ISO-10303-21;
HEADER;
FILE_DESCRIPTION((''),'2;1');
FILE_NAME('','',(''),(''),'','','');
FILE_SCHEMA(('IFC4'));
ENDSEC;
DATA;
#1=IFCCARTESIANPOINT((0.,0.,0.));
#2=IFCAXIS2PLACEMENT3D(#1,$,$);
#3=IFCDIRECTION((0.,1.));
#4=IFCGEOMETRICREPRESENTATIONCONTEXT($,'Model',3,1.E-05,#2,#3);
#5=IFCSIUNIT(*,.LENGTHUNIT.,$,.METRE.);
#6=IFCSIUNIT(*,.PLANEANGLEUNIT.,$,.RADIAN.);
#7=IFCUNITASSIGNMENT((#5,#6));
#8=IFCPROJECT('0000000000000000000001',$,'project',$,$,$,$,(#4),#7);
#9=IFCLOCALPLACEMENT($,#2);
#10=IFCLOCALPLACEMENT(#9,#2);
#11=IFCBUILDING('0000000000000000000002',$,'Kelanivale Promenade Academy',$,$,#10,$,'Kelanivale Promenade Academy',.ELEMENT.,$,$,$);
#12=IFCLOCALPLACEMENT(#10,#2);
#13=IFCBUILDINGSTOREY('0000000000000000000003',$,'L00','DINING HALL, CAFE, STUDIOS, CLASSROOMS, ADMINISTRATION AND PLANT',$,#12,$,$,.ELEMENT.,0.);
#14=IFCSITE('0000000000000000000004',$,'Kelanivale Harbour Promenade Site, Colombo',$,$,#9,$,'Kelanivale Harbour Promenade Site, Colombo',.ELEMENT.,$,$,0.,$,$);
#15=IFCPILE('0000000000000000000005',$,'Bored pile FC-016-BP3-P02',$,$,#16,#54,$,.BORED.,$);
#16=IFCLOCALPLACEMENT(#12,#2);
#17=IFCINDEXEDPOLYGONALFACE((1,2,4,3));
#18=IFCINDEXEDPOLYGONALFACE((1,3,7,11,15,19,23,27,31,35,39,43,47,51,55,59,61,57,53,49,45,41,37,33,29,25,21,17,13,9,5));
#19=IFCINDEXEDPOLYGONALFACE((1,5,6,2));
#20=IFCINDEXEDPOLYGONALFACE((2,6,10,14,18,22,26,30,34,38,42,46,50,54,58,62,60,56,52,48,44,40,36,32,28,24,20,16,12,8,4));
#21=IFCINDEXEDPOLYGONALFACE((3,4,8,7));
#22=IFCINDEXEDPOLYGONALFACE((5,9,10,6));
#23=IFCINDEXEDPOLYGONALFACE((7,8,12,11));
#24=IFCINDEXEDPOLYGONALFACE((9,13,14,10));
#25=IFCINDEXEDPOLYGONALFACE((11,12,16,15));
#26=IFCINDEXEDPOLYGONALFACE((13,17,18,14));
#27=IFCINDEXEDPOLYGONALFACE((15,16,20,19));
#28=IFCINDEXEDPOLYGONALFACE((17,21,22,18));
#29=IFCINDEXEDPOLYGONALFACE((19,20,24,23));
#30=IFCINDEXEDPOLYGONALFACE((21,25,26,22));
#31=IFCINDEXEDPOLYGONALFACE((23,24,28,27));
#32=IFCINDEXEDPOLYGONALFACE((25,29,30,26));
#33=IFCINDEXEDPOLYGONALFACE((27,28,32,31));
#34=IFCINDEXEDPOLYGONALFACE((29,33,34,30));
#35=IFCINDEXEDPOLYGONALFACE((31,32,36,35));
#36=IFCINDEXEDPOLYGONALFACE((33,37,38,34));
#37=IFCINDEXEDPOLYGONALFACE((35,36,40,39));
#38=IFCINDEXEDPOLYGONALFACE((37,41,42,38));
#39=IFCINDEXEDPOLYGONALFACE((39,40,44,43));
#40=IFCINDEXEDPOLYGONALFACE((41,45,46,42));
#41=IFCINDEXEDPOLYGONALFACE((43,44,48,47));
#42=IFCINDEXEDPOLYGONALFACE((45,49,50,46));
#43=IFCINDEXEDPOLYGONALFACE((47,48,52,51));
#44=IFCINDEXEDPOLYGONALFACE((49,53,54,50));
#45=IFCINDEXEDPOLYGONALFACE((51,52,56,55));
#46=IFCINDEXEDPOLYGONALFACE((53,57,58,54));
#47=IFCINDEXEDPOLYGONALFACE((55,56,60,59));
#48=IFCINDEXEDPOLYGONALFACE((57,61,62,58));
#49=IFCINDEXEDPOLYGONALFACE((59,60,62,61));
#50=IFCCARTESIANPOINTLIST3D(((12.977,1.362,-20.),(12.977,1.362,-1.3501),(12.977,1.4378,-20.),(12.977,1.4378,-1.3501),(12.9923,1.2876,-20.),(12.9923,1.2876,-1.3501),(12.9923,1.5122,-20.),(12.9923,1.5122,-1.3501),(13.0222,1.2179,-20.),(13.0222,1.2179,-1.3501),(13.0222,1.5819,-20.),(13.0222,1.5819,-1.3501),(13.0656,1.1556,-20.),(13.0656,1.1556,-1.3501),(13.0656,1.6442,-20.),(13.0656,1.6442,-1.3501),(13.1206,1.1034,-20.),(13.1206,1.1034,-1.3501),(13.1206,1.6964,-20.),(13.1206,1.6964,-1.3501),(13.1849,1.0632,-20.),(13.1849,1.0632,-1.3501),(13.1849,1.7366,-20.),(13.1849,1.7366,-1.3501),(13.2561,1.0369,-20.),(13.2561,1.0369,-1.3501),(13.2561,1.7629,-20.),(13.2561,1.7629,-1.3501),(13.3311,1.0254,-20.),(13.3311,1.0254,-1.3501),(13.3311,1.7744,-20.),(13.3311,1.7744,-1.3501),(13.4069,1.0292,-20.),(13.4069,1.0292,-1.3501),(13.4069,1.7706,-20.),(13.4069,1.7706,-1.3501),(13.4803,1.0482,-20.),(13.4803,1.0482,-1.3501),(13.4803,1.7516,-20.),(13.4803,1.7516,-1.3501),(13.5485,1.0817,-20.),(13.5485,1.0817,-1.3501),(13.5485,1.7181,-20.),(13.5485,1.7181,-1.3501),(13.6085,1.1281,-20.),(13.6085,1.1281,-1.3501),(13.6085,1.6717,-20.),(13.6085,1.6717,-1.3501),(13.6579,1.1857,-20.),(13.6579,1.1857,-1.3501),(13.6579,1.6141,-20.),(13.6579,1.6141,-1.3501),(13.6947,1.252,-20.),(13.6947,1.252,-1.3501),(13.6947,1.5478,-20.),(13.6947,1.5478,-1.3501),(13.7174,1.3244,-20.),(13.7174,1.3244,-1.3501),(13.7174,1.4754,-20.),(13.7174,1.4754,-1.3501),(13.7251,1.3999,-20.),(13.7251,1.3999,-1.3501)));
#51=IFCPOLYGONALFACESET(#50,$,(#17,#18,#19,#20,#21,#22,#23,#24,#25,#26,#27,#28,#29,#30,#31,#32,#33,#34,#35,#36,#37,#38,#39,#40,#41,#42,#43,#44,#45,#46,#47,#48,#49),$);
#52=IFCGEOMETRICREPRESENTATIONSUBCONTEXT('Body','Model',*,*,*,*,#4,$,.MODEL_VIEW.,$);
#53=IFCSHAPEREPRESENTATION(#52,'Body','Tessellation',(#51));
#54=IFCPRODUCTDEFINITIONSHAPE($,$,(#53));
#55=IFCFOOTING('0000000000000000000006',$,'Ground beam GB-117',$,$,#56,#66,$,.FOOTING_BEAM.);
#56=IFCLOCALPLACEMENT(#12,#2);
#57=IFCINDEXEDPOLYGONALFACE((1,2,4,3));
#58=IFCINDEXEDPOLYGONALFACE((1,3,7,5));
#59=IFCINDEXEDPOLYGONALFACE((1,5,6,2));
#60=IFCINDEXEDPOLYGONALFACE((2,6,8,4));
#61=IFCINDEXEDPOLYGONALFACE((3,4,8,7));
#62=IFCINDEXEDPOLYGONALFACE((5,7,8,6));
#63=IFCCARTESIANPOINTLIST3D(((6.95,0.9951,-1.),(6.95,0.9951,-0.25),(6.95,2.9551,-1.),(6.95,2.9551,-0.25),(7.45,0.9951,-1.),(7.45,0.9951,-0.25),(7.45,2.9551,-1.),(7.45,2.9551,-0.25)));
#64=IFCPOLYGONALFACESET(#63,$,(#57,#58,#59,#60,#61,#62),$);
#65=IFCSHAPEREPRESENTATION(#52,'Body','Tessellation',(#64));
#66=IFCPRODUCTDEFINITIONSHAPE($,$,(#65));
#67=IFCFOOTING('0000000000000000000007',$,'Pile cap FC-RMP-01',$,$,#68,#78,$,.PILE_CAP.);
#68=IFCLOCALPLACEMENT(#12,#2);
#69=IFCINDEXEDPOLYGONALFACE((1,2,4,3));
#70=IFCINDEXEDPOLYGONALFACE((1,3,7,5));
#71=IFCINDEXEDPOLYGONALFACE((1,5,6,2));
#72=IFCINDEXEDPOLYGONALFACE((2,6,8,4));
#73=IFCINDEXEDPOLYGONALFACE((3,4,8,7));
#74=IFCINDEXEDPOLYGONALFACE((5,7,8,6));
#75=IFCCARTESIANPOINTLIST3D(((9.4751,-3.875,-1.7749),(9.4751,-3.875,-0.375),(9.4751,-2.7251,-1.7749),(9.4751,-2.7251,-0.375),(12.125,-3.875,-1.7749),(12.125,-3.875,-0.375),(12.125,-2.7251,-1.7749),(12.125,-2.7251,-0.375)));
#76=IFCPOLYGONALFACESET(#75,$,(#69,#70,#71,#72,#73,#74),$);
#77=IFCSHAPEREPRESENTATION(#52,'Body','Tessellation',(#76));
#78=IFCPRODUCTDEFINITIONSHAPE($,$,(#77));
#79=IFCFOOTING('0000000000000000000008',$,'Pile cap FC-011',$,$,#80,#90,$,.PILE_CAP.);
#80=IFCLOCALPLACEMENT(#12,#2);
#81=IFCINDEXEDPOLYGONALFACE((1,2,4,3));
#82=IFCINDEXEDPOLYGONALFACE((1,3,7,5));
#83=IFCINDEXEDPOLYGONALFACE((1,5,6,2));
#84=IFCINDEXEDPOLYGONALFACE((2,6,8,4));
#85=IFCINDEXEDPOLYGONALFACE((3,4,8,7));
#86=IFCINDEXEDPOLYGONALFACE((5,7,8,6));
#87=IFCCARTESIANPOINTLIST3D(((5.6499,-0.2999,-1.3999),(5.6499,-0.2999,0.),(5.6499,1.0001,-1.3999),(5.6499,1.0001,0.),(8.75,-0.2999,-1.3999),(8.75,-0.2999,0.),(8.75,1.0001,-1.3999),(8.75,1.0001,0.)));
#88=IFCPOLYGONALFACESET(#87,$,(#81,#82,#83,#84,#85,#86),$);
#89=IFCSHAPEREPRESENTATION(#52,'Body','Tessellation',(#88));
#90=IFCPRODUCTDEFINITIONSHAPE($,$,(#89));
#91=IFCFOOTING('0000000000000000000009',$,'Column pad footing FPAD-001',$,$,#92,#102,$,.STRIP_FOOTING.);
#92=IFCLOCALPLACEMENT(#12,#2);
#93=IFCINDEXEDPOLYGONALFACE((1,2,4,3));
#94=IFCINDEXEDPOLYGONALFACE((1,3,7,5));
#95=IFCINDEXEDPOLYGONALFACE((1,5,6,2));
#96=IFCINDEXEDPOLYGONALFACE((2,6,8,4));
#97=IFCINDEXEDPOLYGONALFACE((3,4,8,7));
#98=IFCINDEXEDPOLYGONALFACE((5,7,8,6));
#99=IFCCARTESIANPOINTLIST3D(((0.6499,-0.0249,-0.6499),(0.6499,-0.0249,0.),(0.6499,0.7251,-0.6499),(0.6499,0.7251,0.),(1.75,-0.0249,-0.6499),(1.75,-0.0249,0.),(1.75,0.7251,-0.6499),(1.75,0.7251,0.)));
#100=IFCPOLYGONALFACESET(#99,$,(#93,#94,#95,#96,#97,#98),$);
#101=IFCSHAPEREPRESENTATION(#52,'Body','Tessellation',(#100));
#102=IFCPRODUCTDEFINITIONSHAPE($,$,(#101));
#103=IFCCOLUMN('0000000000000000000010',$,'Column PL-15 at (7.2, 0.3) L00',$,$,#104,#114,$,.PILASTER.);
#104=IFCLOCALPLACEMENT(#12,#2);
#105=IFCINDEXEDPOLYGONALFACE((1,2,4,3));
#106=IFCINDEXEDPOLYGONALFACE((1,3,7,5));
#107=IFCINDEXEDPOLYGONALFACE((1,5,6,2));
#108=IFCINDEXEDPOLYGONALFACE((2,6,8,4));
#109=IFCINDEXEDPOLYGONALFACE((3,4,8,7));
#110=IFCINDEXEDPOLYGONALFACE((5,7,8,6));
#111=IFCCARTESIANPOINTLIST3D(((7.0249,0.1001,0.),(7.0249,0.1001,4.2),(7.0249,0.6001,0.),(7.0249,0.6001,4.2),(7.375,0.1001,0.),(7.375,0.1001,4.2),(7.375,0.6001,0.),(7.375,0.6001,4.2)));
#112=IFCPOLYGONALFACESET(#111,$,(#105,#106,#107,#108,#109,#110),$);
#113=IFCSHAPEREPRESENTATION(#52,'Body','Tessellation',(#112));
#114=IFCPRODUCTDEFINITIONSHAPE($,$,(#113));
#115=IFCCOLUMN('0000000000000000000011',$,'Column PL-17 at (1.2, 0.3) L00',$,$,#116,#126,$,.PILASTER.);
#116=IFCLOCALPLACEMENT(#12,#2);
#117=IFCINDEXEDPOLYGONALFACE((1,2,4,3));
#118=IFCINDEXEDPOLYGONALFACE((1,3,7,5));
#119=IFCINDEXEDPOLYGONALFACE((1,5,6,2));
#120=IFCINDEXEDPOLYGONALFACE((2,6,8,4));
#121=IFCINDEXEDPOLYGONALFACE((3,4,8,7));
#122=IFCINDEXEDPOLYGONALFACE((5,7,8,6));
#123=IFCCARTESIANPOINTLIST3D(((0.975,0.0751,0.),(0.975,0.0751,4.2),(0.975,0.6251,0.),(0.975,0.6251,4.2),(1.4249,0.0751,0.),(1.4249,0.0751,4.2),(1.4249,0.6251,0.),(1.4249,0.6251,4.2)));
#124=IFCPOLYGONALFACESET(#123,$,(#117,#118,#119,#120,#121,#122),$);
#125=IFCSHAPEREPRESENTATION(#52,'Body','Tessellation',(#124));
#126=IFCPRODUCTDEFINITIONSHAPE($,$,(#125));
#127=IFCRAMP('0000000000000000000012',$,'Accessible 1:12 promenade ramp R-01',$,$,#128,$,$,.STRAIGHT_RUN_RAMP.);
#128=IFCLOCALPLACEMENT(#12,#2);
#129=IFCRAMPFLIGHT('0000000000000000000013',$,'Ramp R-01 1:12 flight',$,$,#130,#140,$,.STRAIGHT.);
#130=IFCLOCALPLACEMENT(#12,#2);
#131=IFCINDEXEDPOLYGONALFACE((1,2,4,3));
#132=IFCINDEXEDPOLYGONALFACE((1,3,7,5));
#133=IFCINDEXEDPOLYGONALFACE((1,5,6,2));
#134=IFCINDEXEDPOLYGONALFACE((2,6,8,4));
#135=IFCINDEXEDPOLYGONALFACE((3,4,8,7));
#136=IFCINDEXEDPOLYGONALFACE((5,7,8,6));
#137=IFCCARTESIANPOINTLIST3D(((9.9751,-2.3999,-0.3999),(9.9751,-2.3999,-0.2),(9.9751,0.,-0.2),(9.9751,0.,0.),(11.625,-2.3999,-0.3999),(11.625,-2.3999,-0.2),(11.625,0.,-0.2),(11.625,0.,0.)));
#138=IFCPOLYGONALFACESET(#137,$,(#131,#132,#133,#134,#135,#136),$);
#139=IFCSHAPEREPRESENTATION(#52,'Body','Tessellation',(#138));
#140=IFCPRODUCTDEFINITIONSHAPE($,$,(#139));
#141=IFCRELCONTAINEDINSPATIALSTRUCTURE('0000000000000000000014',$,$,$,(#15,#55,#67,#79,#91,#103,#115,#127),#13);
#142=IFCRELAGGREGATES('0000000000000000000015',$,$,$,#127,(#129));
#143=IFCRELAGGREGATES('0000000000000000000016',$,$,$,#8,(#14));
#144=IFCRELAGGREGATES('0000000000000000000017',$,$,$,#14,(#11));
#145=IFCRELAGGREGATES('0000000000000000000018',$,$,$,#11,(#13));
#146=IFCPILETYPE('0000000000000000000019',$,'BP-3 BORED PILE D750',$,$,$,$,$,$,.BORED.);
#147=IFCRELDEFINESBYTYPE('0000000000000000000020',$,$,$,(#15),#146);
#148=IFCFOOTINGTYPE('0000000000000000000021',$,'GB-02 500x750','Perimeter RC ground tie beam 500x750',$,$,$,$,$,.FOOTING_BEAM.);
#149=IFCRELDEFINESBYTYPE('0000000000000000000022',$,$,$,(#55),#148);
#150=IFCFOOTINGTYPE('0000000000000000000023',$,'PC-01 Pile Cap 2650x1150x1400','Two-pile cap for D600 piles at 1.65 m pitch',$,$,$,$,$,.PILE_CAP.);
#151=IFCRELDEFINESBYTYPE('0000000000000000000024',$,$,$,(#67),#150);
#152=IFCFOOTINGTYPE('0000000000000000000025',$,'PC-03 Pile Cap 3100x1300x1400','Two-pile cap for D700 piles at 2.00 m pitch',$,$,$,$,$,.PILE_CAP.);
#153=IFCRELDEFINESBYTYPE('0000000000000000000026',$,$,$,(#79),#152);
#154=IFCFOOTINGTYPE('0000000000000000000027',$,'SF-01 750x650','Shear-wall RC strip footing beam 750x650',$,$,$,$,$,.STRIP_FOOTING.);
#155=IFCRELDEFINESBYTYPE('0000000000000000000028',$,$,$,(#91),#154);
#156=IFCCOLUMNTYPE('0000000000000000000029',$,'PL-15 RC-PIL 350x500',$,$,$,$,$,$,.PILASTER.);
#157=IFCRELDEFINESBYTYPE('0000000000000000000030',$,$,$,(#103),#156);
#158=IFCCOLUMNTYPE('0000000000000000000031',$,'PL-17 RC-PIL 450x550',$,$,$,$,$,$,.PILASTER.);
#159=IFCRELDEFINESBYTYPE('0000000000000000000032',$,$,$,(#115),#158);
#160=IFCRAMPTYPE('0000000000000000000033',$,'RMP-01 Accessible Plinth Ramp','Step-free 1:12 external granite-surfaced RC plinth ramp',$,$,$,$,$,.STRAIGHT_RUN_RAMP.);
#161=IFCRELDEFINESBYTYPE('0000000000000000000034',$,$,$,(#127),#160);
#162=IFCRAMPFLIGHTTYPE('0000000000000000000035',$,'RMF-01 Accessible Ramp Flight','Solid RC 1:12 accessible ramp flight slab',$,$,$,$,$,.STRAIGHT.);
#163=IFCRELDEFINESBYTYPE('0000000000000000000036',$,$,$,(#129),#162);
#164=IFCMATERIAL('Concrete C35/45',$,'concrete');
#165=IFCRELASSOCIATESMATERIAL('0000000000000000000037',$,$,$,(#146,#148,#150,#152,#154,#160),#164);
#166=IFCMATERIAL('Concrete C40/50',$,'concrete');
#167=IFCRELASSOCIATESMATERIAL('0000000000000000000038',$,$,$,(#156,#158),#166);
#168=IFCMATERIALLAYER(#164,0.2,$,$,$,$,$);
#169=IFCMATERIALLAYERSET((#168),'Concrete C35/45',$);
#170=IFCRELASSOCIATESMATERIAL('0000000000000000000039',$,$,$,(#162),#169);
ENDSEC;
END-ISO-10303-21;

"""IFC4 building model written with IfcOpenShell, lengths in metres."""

from ifc_helpers import new_model, si_unit, direction, frame, origin, origin_2d, place, context, subcontext, project, spatial, polyline, rectangle, circle, outline, extrude, material, layer, layer_set, material_profile, profile_set, type_object, element, aggregate, save


model = new_model("IFC4")

# Units and contexts
model_context = context("Model", 3, precision=1e-05, world=origin(), true_north=direction((0.0, 1.0)))
body_context = subcontext(model_context, "Body", "Model", "MODEL_VIEW")
ifc_project = project(units=[si_unit("LENGTHUNIT", "METRE"), si_unit("PLANEANGLEUNIT", "RADIAN")], contexts=[model_context])

# Site, building, storey
site_placement = place(None, origin())
site = spatial("IfcSite", under=ifc_project, at=site_placement, Name="Kelanivale Harbour Promenade Site, Colombo", LongName="Kelanivale Harbour Promenade Site, Colombo", CompositionType="ELEMENT", RefElevation=0.0)
building_placement = place(site_placement, origin())
building = spatial("IfcBuilding", under=site, at=building_placement, Name="Kelanivale Promenade Academy", LongName="Kelanivale Promenade Academy", CompositionType="ELEMENT")
storey_placement = place(building_placement, origin())
storey = spatial("IfcBuildingStorey", under=building, at=storey_placement, Name="L00", Description="DINING HALL, CAFE, STUDIOS, CLASSROOMS, ADMINISTRATION AND PLANT", CompositionType="ELEMENT", Elevation=0.0)

# Pile
ifc_material_1 = material(Name="Concrete C35/45", Category="concrete")
ifc_material_profile_1 = material_profile(ifc_material_1, circle(Radius=0.375, at=origin_2d()), Name="BORED PILE D750")
ifc_profile_set_1 = profile_set([ifc_material_profile_1], Name="Concrete C35/45")
pile_type_1 = type_object("IfcPileType", Name="BP-3 BORED PILE D750", PredefinedType="BORED", material=ifc_profile_set_1)
for number, where, z_axis, x_axis, name in (
    (1, (13.3501, 1.3999, -1.3501), (0.0, 0.0, -1.0), (1.0, 0.0, 0.0), "Bored pile FC-016-BP3-P02"),
):
    element("IfcPile", number, at=place(storey_placement, frame(where, z_axis=z_axis, x_axis=x_axis)), inside=storey, type_object=pile_type_1, Name=name, PredefinedType="BORED", context=body_context, shape_type="SweptSolid", body=[
        extrude(circle(Radius=0.375, at=origin_2d()), origin(), (0.0, 0.0, 1.0), 18.6499),
    ])

# Footings
footing_type_1 = type_object("IfcFootingType", Name="GB-02 500x750", Description="Perimeter RC ground tie beam 500x750", PredefinedType="FOOTING_BEAM", material=ifc_material_1)
footing_1_placement = place(storey_placement, frame((7.2, 1.9751, -1.0), z_axis=(0.0, 0.0, 1.0), x_axis=(0.0, 1.0, 0.0)))
element("IfcFooting", 2, at=footing_1_placement, inside=storey, type_object=footing_type_1, Name="Ground beam GB-117", PredefinedType="FOOTING_BEAM", context=body_context, shape_type="SweptSolid", body=[
    extrude(rectangle(XDim=1.96, YDim=0.5, at=origin_2d()), origin(), (0.0, 0.0, 1.0), 0.75),
])
footing_type_2 = type_object("IfcFootingType", Name="PC-01 Pile Cap 2650x1150x1400", Description="Two-pile cap for D600 piles at 1.65 m pitch", PredefinedType="PILE_CAP", material=ifc_material_1)
footing_2_placement = place(storey_placement, frame((10.8, -3.3, -1.7749), z_axis=(0.0, 0.0, 1.0), x_axis=(1.0, 0.0, 0.0)))
element("IfcFooting", 3, at=footing_2_placement, inside=storey, type_object=footing_type_2, Name="Pile cap FC-RMP-01", PredefinedType="PILE_CAP", context=body_context, shape_type="SweptSolid", body=[
    extrude(rectangle(XDim=2.6499, YDim=1.1499, at=origin_2d()), origin(), (0.0, 0.0, 1.0), 1.3999),
])
footing_type_3 = type_object("IfcFootingType", Name="PC-03 Pile Cap 3100x1300x1400", Description="Two-pile cap for D700 piles at 2.00 m pitch", PredefinedType="PILE_CAP", material=ifc_material_1)
footing_3_placement = place(storey_placement, frame((7.2, 0.3501, -1.3999), z_axis=(0.0, 0.0, 1.0), x_axis=(1.0, 0.0, 0.0)))
element("IfcFooting", 4, at=footing_3_placement, inside=storey, type_object=footing_type_3, Name="Pile cap FC-011", PredefinedType="PILE_CAP", context=body_context, shape_type="SweptSolid", body=[
    extrude(rectangle(XDim=3.1001, YDim=1.3, at=origin_2d()), origin(), (0.0, 0.0, 1.0), 1.3999),
])
footing_type_4 = type_object("IfcFootingType", Name="SF-01 750x650", Description="Shear-wall RC strip footing beam 750x650", PredefinedType="STRIP_FOOTING", material=ifc_material_1)
footing_4_placement = place(storey_placement, frame((1.2, 0.3501, -0.6499), z_axis=(0.0, 0.0, 1.0), x_axis=(1.0, 0.0, 0.0)))
element("IfcFooting", 5, at=footing_4_placement, inside=storey, type_object=footing_type_4, Name="Column pad footing FPAD-001", PredefinedType="STRIP_FOOTING", context=body_context, shape_type="SweptSolid", body=[
    extrude(rectangle(XDim=1.1001, YDim=0.75, at=origin_2d()), origin(), (0.0, 0.0, 1.0), 0.6499),
])

# Columns
ifc_material_2 = material(Name="Concrete C40/50", Category="concrete")
ifc_material_profile_2 = material_profile(ifc_material_2, rectangle(XDim=0.3501, YDim=0.5, at=origin_2d()), Name="RC-PIL 350x500")
ifc_profile_set_2 = profile_set([ifc_material_profile_2], Name="Concrete C40/50")
column_type_1 = type_object("IfcColumnType", Name="PL-15 RC-PIL 350x500", PredefinedType="PILASTER", material=ifc_profile_set_2)
column_1_placement = place(storey_placement, frame((7.2, 0.3501, 0.0), z_axis=(0.0, 0.0, 1.0), x_axis=(1.0, 0.0, 0.0)))
element("IfcColumn", 6, at=column_1_placement, inside=storey, type_object=column_type_1, Name="Column PL-15 at (7.2, 0.3) L00", PredefinedType="PILASTER", context=body_context, shape_type="SweptSolid", body=[
    extrude(rectangle(XDim=0.3501, YDim=0.5, at=origin_2d()), origin(), (0.0, 0.0, 1.0), 4.2),
])
ifc_material_profile_3 = material_profile(ifc_material_2, rectangle(XDim=0.45, YDim=0.55, at=origin_2d()), Name="RC-PIL 450x550")
ifc_profile_set_3 = profile_set([ifc_material_profile_3], Name="Concrete C40/50")
column_type_2 = type_object("IfcColumnType", Name="PL-17 RC-PIL 450x550", PredefinedType="PILASTER", material=ifc_profile_set_3)
column_2_placement = place(storey_placement, frame((1.2, 0.3501, 0.0), z_axis=(0.0, 0.0, 1.0), x_axis=(1.0, 0.0, 0.0)))
element("IfcColumn", 7, at=column_2_placement, inside=storey, type_object=column_type_2, Name="Column PL-17 at (1.2, 0.3) L00", PredefinedType="PILASTER", context=body_context, shape_type="SweptSolid", body=[
    extrude(rectangle(XDim=0.45, YDim=0.55, at=origin_2d()), origin(), (0.0, 0.0, 1.0), 4.2),
])

# Ramp, ramp flight
ramp_type = type_object("IfcRampType", Name="RMP-01 Accessible Plinth Ramp", Description="Step-free 1:12 external granite-surfaced RC plinth ramp", PredefinedType="STRAIGHT_RUN_RAMP", material=ifc_material_1)
ramp_placement = place(storey_placement, origin())
ramp = element("IfcRamp", 8, at=ramp_placement, inside=storey, type_object=ramp_type, Name="Accessible 1:12 promenade ramp R-01", PredefinedType="STRAIGHT_RUN_RAMP")
ifc_layer_1 = layer(ifc_material_1, 0.2)
ifc_layer_set_1 = layer_set([ifc_layer_1], Name="Concrete C35/45")
ramp_flight_type = type_object("IfcRampFlightType", Name="RMF-01 Accessible Ramp Flight", Description="Solid RC 1:12 accessible ramp flight slab", PredefinedType="STRAIGHT", material=ifc_layer_set_1)
ramp_flight_placement = place(storey_placement, frame((10.8, -2.3999, -0.2), z_axis=(0.0, 0.0, 1.0), x_axis=(0.0, 1.0, 0.0)))
ramp_flight = element("IfcRampFlight", 9, at=ramp_flight_placement, type_object=ramp_flight_type, Name="Ramp R-01 1:12 flight", PredefinedType="STRAIGHT", context=body_context, shape_type="SweptSolid", body=[
    extrude(outline(polyline([(0.0, 0.0), (2.3999, 0.2), (2.3999, 0.0), (0.0, -0.2), (0.0, 0.0)])), frame((0.0, 0.825, 0.0), z_axis=(0.0, -1.0, 0.0), x_axis=(1.0, 0.0, 0.0)), (0.0, 0.0, 1.0), 1.6499),
])
aggregate(ramp, [ramp_flight])

save(model, "model.ifc")
